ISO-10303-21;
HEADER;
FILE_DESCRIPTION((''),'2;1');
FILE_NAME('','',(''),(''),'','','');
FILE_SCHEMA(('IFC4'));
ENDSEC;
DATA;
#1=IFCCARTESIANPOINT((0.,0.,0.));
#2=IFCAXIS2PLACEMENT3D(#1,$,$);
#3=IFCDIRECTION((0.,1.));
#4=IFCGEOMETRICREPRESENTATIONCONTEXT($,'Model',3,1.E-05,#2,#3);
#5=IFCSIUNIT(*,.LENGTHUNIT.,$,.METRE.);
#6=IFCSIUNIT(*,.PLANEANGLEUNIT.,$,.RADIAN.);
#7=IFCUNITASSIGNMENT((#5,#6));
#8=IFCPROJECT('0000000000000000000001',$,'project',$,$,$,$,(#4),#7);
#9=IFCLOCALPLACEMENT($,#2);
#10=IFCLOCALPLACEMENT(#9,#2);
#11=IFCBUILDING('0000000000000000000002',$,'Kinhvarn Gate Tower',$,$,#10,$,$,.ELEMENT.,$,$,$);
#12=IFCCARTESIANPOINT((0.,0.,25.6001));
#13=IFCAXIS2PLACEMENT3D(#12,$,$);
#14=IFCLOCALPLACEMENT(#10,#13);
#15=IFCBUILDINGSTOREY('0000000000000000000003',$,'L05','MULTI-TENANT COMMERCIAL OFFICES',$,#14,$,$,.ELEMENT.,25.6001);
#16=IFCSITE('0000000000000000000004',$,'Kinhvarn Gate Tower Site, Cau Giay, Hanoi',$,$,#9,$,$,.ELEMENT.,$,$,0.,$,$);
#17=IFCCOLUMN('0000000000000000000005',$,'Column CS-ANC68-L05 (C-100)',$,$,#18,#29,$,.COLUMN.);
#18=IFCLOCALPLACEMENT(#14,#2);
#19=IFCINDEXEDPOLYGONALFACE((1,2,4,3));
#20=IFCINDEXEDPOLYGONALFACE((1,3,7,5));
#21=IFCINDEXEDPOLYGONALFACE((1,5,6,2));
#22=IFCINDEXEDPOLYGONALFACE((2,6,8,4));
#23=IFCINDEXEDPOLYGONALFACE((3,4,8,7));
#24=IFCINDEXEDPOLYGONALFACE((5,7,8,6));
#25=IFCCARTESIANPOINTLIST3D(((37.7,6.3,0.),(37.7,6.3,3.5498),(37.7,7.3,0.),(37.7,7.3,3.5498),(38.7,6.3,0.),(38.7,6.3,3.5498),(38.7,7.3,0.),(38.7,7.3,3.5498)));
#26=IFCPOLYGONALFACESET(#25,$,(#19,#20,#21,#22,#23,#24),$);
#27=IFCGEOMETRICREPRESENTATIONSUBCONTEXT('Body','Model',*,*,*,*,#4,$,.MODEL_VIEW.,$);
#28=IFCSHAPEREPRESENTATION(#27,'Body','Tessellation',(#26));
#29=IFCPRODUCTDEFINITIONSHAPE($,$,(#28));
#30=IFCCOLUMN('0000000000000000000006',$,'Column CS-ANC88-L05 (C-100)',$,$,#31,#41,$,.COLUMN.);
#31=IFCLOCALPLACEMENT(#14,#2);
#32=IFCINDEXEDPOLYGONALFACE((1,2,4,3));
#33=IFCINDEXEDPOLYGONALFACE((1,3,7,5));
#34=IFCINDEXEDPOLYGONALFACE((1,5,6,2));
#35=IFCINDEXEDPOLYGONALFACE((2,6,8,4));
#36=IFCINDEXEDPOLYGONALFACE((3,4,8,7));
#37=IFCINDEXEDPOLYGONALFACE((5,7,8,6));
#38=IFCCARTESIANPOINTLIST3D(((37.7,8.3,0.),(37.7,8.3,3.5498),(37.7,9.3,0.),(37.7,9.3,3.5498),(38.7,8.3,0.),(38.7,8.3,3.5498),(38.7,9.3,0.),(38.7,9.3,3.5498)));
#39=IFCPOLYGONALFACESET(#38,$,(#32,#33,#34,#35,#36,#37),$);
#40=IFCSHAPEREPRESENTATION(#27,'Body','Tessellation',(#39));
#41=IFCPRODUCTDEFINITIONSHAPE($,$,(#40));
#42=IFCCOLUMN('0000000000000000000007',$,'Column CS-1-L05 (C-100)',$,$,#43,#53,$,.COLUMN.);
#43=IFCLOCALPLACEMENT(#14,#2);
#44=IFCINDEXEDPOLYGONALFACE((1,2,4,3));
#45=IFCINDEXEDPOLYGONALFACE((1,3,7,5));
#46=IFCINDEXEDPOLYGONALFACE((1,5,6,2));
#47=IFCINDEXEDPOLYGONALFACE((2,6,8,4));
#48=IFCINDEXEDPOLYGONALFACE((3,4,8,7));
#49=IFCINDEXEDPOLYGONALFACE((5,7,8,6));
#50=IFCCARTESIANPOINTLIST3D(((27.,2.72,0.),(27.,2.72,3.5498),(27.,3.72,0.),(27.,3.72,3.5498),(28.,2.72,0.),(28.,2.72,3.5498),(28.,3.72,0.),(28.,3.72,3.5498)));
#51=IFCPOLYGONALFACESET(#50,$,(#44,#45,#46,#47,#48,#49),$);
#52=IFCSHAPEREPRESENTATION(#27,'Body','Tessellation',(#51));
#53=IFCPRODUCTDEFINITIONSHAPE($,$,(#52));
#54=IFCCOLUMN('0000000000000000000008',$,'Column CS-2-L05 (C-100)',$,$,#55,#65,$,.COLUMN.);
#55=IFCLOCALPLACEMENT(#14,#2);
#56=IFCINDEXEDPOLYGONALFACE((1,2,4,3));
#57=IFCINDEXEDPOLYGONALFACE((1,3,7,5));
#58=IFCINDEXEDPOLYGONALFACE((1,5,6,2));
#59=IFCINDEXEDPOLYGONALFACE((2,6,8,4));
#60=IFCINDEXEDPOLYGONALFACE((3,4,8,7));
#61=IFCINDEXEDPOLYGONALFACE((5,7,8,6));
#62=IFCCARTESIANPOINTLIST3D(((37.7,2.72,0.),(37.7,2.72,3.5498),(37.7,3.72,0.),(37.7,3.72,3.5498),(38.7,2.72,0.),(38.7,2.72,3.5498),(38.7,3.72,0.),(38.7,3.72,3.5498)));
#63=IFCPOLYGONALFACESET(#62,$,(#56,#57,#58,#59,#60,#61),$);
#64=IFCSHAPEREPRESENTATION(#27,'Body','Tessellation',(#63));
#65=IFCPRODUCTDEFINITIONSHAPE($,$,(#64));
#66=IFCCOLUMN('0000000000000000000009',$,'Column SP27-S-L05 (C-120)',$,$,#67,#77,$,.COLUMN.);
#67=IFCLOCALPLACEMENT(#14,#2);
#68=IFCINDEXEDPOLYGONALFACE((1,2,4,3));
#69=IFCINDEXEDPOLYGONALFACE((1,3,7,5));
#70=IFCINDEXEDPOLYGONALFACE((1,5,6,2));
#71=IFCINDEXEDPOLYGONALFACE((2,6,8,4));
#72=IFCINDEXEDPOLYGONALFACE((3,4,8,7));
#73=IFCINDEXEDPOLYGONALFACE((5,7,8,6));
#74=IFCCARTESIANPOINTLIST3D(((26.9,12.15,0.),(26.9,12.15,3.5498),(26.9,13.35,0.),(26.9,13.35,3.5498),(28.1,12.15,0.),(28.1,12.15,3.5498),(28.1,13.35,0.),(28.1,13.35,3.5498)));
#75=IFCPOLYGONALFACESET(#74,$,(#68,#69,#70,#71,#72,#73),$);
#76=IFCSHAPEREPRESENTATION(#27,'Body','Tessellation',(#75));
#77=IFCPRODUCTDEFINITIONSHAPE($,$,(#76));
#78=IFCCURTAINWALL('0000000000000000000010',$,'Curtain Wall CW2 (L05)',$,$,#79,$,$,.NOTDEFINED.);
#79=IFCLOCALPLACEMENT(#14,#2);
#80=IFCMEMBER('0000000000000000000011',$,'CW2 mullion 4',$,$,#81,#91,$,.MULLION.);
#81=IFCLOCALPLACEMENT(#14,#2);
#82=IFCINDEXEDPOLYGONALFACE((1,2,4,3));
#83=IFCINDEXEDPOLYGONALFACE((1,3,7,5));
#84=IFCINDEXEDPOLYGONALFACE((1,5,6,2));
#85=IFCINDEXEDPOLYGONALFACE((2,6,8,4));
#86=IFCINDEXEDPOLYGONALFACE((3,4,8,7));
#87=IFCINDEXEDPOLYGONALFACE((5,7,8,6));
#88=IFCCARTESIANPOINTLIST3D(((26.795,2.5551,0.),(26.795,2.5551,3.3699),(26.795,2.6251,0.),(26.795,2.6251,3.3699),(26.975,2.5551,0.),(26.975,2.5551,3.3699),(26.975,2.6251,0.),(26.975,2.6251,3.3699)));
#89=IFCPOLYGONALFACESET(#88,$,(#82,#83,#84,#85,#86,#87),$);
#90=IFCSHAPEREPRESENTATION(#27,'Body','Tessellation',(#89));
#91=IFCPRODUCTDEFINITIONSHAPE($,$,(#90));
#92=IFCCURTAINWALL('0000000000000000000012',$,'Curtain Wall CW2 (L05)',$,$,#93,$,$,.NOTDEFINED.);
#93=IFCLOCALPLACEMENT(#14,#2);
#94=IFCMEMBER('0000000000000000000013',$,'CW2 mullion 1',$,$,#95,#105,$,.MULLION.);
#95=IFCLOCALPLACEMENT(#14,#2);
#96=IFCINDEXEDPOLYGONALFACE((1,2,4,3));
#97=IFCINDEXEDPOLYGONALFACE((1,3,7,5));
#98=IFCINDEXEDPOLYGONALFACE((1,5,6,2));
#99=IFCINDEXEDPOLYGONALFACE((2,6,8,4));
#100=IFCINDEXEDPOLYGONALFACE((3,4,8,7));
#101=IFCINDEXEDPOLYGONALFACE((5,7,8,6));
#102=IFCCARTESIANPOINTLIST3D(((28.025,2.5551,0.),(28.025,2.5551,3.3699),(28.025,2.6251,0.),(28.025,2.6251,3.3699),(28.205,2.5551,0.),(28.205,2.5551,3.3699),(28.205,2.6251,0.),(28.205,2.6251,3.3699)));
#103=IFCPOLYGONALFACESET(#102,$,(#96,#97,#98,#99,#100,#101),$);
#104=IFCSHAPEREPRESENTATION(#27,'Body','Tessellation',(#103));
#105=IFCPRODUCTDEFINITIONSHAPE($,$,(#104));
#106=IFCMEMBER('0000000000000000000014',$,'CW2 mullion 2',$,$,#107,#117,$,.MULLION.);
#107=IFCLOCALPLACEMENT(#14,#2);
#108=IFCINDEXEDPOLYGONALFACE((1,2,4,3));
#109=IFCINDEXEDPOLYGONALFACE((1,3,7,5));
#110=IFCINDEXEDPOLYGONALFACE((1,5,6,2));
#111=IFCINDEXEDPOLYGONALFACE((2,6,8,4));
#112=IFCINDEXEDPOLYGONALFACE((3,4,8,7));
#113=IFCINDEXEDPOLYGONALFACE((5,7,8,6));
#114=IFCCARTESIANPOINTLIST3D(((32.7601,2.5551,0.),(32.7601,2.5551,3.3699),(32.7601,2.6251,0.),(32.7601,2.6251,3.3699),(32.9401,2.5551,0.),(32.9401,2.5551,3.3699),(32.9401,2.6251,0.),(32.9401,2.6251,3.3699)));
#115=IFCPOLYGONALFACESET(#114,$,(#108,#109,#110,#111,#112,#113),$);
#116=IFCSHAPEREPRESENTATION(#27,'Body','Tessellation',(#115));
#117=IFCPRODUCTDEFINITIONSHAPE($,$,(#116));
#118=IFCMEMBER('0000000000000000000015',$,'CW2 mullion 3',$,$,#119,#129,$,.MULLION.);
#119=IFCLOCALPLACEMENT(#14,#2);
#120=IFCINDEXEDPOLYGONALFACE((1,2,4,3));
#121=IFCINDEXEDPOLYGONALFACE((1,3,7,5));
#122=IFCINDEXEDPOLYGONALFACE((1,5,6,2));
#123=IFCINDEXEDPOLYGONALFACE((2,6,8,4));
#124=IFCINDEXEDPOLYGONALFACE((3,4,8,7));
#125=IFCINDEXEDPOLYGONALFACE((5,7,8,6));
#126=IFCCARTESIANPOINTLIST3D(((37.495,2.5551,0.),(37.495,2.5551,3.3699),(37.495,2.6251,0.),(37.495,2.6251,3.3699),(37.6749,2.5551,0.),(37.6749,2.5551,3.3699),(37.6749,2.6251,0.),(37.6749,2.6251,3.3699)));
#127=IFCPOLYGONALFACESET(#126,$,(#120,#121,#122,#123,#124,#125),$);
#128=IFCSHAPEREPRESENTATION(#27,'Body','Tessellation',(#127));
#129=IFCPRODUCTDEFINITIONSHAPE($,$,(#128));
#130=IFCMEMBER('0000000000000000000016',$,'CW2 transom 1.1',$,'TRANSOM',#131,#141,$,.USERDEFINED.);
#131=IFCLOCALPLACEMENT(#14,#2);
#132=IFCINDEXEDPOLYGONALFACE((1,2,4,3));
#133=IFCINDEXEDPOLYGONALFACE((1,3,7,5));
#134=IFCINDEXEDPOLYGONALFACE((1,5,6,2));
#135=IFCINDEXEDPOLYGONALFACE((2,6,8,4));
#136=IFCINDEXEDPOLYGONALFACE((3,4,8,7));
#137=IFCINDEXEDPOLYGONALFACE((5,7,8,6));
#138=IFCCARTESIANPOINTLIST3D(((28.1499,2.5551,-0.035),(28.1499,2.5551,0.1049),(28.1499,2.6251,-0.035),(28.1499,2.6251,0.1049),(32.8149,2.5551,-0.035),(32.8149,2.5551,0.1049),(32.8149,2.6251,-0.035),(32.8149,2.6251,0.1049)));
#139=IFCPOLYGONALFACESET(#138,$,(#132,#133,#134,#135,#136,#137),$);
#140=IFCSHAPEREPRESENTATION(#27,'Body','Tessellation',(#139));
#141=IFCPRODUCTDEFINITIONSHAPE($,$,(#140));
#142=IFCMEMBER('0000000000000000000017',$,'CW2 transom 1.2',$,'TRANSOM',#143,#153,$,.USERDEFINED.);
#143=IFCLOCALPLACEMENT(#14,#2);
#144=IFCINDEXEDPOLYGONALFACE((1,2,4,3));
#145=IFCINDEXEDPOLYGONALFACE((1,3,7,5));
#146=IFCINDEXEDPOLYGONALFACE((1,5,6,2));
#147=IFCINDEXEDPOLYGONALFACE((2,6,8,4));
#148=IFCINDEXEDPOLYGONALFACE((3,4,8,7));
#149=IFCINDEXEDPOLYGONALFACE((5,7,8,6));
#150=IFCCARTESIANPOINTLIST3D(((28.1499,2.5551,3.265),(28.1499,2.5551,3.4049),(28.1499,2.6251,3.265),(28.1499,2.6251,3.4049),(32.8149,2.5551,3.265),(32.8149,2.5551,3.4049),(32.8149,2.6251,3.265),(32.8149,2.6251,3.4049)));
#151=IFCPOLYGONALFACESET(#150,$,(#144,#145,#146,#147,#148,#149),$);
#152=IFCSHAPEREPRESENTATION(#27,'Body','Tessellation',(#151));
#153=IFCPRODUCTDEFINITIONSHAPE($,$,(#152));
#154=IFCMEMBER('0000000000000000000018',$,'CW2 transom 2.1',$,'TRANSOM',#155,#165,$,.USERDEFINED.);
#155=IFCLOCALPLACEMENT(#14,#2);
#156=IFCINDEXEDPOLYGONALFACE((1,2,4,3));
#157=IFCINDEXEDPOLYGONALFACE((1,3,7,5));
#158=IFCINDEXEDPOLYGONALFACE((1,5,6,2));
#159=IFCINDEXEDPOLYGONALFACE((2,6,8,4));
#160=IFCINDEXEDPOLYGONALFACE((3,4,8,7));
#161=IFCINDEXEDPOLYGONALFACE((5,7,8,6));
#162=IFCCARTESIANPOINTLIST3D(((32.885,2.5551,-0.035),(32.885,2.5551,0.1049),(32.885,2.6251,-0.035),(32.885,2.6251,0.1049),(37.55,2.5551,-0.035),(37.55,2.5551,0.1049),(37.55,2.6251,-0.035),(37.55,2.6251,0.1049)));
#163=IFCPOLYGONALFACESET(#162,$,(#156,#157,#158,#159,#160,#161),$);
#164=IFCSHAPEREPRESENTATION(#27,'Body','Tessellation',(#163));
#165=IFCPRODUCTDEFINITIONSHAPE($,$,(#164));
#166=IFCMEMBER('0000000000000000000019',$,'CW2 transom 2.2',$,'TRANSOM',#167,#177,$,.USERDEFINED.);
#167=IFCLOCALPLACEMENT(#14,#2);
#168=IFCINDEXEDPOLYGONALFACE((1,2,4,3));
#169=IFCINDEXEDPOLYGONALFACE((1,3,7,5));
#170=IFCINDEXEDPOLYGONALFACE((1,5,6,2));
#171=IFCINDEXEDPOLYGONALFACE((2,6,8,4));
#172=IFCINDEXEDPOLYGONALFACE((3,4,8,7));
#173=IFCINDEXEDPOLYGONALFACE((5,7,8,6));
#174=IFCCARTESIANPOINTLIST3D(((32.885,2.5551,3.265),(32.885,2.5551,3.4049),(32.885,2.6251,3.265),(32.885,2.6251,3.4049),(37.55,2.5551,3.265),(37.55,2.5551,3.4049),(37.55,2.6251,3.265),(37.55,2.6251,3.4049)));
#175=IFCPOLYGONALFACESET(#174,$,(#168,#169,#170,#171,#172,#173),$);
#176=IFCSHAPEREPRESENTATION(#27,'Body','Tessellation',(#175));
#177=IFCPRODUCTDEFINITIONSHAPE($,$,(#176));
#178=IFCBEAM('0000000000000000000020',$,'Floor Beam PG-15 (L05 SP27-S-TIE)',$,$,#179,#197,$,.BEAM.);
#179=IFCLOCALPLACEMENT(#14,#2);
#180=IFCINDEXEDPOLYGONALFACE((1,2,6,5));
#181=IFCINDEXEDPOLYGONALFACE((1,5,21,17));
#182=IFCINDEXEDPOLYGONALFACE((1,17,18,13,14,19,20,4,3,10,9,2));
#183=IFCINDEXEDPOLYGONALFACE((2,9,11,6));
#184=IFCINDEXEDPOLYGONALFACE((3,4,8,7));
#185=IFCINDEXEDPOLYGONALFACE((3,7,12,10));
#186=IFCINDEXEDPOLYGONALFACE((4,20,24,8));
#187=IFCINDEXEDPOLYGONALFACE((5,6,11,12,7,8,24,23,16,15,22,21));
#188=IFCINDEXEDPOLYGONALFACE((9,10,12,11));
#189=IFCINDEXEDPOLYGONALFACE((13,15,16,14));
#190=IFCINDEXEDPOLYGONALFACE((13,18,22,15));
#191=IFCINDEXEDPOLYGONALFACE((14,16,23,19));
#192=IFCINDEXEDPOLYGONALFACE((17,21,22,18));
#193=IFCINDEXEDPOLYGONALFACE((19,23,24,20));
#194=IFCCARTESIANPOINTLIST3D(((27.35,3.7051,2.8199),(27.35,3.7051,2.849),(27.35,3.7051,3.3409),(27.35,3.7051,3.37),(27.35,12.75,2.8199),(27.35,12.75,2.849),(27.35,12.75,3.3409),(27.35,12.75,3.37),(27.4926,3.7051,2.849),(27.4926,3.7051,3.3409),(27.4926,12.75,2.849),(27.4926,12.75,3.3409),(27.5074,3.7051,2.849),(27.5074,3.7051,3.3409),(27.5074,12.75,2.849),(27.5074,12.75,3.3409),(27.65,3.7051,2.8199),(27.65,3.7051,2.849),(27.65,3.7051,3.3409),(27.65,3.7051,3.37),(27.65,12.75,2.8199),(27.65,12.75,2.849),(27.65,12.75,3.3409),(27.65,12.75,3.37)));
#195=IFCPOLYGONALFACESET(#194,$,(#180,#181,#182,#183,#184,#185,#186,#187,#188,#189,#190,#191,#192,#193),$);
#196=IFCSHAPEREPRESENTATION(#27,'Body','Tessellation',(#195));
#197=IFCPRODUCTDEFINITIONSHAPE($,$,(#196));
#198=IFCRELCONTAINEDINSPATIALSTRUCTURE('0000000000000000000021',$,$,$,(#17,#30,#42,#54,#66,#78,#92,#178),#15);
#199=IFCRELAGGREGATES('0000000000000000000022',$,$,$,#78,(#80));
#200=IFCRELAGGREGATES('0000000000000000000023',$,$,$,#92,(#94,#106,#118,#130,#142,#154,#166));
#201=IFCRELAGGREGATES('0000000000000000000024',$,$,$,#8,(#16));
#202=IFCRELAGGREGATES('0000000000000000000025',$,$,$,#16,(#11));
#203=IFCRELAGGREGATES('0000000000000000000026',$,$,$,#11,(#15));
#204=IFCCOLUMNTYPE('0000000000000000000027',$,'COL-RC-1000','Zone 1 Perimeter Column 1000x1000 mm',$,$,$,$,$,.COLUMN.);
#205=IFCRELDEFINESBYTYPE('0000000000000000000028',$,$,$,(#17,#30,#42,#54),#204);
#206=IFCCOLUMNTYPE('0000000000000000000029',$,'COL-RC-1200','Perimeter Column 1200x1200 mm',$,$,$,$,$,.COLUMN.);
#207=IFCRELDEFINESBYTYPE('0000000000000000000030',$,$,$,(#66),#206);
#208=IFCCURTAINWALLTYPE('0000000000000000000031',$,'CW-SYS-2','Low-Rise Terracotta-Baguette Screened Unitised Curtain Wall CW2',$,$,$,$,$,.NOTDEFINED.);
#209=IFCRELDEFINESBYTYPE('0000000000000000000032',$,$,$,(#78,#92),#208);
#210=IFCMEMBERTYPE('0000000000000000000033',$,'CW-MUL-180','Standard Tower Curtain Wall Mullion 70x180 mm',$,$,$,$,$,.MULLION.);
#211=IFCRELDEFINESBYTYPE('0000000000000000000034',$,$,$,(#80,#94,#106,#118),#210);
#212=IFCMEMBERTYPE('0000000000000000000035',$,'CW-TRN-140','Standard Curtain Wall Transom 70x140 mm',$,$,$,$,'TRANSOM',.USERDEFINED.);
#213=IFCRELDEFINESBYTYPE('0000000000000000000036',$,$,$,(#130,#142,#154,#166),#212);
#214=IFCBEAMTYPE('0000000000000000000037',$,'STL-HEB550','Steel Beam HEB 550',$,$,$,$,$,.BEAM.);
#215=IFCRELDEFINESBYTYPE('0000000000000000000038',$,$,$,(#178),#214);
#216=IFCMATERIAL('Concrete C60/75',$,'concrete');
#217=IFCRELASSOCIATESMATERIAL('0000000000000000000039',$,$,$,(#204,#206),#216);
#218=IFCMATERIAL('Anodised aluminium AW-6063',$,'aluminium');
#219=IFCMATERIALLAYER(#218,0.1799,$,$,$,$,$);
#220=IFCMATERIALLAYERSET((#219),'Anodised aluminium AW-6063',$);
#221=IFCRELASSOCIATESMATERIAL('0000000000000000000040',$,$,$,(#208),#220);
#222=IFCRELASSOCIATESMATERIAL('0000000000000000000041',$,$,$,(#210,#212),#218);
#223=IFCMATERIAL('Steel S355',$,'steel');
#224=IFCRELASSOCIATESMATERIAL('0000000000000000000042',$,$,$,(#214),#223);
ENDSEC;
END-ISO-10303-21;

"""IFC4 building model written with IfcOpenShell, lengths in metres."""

from ifc_helpers import new_model, si_unit, direction, frame, origin, origin_2d, place, context, subcontext, project, spatial, rectangle, i_section, extrude, material, layer, layer_set, material_profile, profile_set, type_object, element, aggregate, save


model = new_model("IFC4")

# Units and contexts
model_context = context("Model", 3, precision=1e-05, world=origin(), true_north=direction((0.0, 1.0)))
body_context = subcontext(model_context, "Body", "Model", "MODEL_VIEW")
ifc_project = project(units=[si_unit("LENGTHUNIT", "METRE"), si_unit("PLANEANGLEUNIT", "RADIAN")], contexts=[model_context])

# Site, building, storey
site_placement = place(None, origin())
site = spatial("IfcSite", under=ifc_project, at=site_placement, Name="Kinhvarn Gate Tower Site, Cau Giay, Hanoi", CompositionType="ELEMENT", RefElevation=0.0)
building_placement = place(site_placement, origin())
building = spatial("IfcBuilding", under=site, at=building_placement, Name="Kinhvarn Gate Tower", CompositionType="ELEMENT")
storey_placement = place(building_placement, frame((0.0, 0.0, 25.6001)))
storey = spatial("IfcBuildingStorey", under=building, at=storey_placement, Name="L05", Description="MULTI-TENANT COMMERCIAL OFFICES", CompositionType="ELEMENT", Elevation=25.6001)

# Columns
ifc_material_1 = material(Name="Concrete C60/75", Category="concrete")
ifc_material_profile_1 = material_profile(ifc_material_1, rectangle(XDim=1.0, YDim=1.0, at=origin_2d()), Name="RC 1000x1000")
ifc_profile_set_1 = profile_set([ifc_material_profile_1], Name="Concrete C60/75")
column_type_1 = type_object("IfcColumnType", Name="COL-RC-1000", Description="Zone 1 Perimeter Column 1000x1000 mm", PredefinedType="COLUMN", material=ifc_profile_set_1)
for number, where, z_axis, x_axis, name in (
    (1, (38.2, 6.8, 0.0), (0.0, 0.0, 1.0), (1.0, 0.0, 0.0), "Column CS-ANC68-L05 (C-100)"),
    (2, (38.2, 8.8, 0.0), (0.0, 0.0, 1.0), (1.0, 0.0, 0.0), "Column CS-ANC88-L05 (C-100)"),
    (3, (27.5, 3.22, 0.0), (0.0, 0.0, 1.0), (1.0, 0.0, 0.0), "Column CS-1-L05 (C-100)"),
    (4, (38.2, 3.22, 0.0), (0.0, 0.0, 1.0), (1.0, 0.0, 0.0), "Column CS-2-L05 (C-100)"),
):
    element("IfcColumn", number, at=place(storey_placement, frame(where, z_axis=z_axis, x_axis=x_axis)), inside=storey, type_object=column_type_1, Name=name, PredefinedType="COLUMN", context=body_context, shape_type="SweptSolid", body=[
        extrude(rectangle(XDim=1.0, YDim=1.0, at=origin_2d()), origin(), (0.0, 0.0, 1.0), 3.5498),
    ])
ifc_material_profile_2 = material_profile(ifc_material_1, rectangle(XDim=1.2, YDim=1.2, at=origin_2d()), Name="RC 1200x1200")
ifc_profile_set_2 = profile_set([ifc_material_profile_2], Name="Concrete C60/75")
column_type_2 = type_object("IfcColumnType", Name="COL-RC-1200", Description="Perimeter Column 1200x1200 mm", PredefinedType="COLUMN", material=ifc_profile_set_2)
column_placement = place(storey_placement, frame((27.5, 12.75, 0.0), z_axis=(0.0, 0.0, 1.0), x_axis=(1.0, 0.0, 0.0)))
element("IfcColumn", 5, at=column_placement, inside=storey, type_object=column_type_2, Name="Column SP27-S-L05 (C-120)", PredefinedType="COLUMN", context=body_context, shape_type="SweptSolid", body=[
    extrude(rectangle(XDim=1.2, YDim=1.2, at=origin_2d()), origin(), (0.0, 0.0, 1.0), 3.5498),
])

# Curtain wall, member
ifc_material_2 = material(Name="Anodised aluminium AW-6063", Category="aluminium")
ifc_layer_1 = layer(ifc_material_2, 0.1799)
ifc_layer_set_1 = layer_set([ifc_layer_1], Name="Anodised aluminium AW-6063")
curtain_wall_type = type_object("IfcCurtainWallType", Name="CW-SYS-2", Description="Low-Rise Terracotta-Baguette Screened Unitised Curtain Wall CW2", PredefinedType="NOTDEFINED", material=ifc_layer_set_1)
curtain_wall_1_placement = place(storey_placement, origin())
curtain_wall_1 = element("IfcCurtainWall", 6, at=curtain_wall_1_placement, inside=storey, type_object=curtain_wall_type, Name="Curtain Wall CW2 (L05)", PredefinedType="NOTDEFINED")
ifc_material_profile_3 = material_profile(ifc_material_2, rectangle(XDim=0.0701, YDim=0.1799, at=origin_2d()), Name="ALU 70x180")
ifc_profile_set_3 = profile_set([ifc_material_profile_3], Name="Anodised aluminium AW-6063")
member_type_1 = type_object("IfcMemberType", Name="CW-MUL-180", Description="Standard Tower Curtain Wall Mullion 70x180 mm", PredefinedType="MULLION", material=ifc_profile_set_3)
member_1_placement = place(storey_placement, frame((26.885, 2.5901, 0.0), z_axis=(0.0, 0.0, 1.0), x_axis=(0.0, 1.0, 0.0)))
member_1 = element("IfcMember", 7, at=member_1_placement, type_object=member_type_1, Name="CW2 mullion 4", PredefinedType="MULLION", context=body_context, shape_type="SweptSolid", body=[
    extrude(rectangle(XDim=0.0701, YDim=0.1799, at=origin_2d()), origin(), (0.0, 0.0, 1.0), 3.3699),
])
aggregate(curtain_wall_1, [member_1])

# Curtain wall, members
curtain_wall_2_placement = place(storey_placement, origin())
curtain_wall_2 = element("IfcCurtainWall", 8, at=curtain_wall_2_placement, inside=storey, type_object=curtain_wall_type, Name="Curtain Wall CW2 (L05)", PredefinedType="NOTDEFINED")
member_2_placement = place(storey_placement, frame((28.115, 2.5901, 0.0), z_axis=(0.0, 0.0, 1.0), x_axis=(0.0, 1.0, 0.0)))
member_2 = element("IfcMember", 9, at=member_2_placement, type_object=member_type_1, Name="CW2 mullion 1", PredefinedType="MULLION", context=body_context, shape_type="SweptSolid", body=[
    extrude(rectangle(XDim=0.0701, YDim=0.1799, at=origin_2d()), origin(), (0.0, 0.0, 1.0), 3.3699),
])
member_3_placement = place(storey_placement, frame((32.8501, 2.5901, 0.0), z_axis=(0.0, 0.0, 1.0), x_axis=(0.0, 1.0, 0.0)))
member_3 = element("IfcMember", 10, at=member_3_placement, type_object=member_type_1, Name="CW2 mullion 2", PredefinedType="MULLION", context=body_context, shape_type="SweptSolid", body=[
    extrude(rectangle(XDim=0.0701, YDim=0.1799, at=origin_2d()), origin(), (0.0, 0.0, 1.0), 3.3699),
])
member_4_placement = place(storey_placement, frame((37.585, 2.5901, 0.0), z_axis=(0.0, 0.0, 1.0), x_axis=(0.0, 1.0, 0.0)))
member_4 = element("IfcMember", 11, at=member_4_placement, type_object=member_type_1, Name="CW2 mullion 3", PredefinedType="MULLION", context=body_context, shape_type="SweptSolid", body=[
    extrude(rectangle(XDim=0.0701, YDim=0.1799, at=origin_2d()), origin(), (0.0, 0.0, 1.0), 3.3699),
])
ifc_material_profile_4 = material_profile(ifc_material_2, rectangle(XDim=0.0701, YDim=0.1399, at=origin_2d()), Name="ALU 70x140")
ifc_profile_set_4 = profile_set([ifc_material_profile_4], Name="Anodised aluminium AW-6063")
member_type_2 = type_object("IfcMemberType", Name="CW-TRN-140", Description="Standard Curtain Wall Transom 70x140 mm", ElementType="TRANSOM", PredefinedType="USERDEFINED", material=ifc_profile_set_4)
member_5_placement = place(storey_placement, frame((28.1499, 2.5901, 0.0349), z_axis=(1.0, 0.0, 0.0), x_axis=(0.0, 1.0, 0.0)))
member_5 = element("IfcMember", 12, at=member_5_placement, type_object=member_type_2, Name="CW2 transom 1.1", ObjectType="TRANSOM", PredefinedType="USERDEFINED", context=body_context, shape_type="SweptSolid", body=[
    extrude(rectangle(XDim=0.0701, YDim=0.1399, at=origin_2d()), origin(), (0.0, 0.0, 1.0), 4.665),
])
member_6_placement = place(storey_placement, frame((28.1499, 2.5901, 3.335), z_axis=(1.0, 0.0, 0.0), x_axis=(0.0, 1.0, 0.0)))
member_6 = element("IfcMember", 13, at=member_6_placement, type_object=member_type_2, Name="CW2 transom 1.2", ObjectType="TRANSOM", PredefinedType="USERDEFINED", context=body_context, shape_type="SweptSolid", body=[
    extrude(rectangle(XDim=0.0701, YDim=0.1399, at=origin_2d()), origin(), (0.0, 0.0, 1.0), 4.665),
])
member_7_placement = place(storey_placement, frame((32.885, 2.5901, 0.0349), z_axis=(1.0, 0.0, 0.0), x_axis=(0.0, 1.0, 0.0)))
member_7 = element("IfcMember", 14, at=member_7_placement, type_object=member_type_2, Name="CW2 transom 2.1", ObjectType="TRANSOM", PredefinedType="USERDEFINED", context=body_context, shape_type="SweptSolid", body=[
    extrude(rectangle(XDim=0.0701, YDim=0.1399, at=origin_2d()), origin(), (0.0, 0.0, 1.0), 4.665),
])
member_8_placement = place(storey_placement, frame((32.885, 2.5901, 3.335), z_axis=(1.0, 0.0, 0.0), x_axis=(0.0, 1.0, 0.0)))
member_8 = element("IfcMember", 15, at=member_8_placement, type_object=member_type_2, Name="CW2 transom 2.2", ObjectType="TRANSOM", PredefinedType="USERDEFINED", context=body_context, shape_type="SweptSolid", body=[
    extrude(rectangle(XDim=0.0701, YDim=0.1399, at=origin_2d()), origin(), (0.0, 0.0, 1.0), 4.665),
])

# Beam
ifc_material_3 = material(Name="Steel S355", Category="steel")
ifc_material_profile_5 = material_profile(ifc_material_3, i_section(OverallWidth=0.3, OverallDepth=0.55, WebThickness=0.0149, FlangeThickness=0.0291, at=origin_2d()), Name="HEB 550")
ifc_profile_set_5 = profile_set([ifc_material_profile_5], Name="Steel S355")
beam_type_1 = type_object("IfcBeamType", Name="STL-HEB550", Description="Steel Beam HEB 550", PredefinedType="BEAM", material=ifc_profile_set_5)
beam_1_placement = place(storey_placement, frame((27.5, 3.7051, 3.095), z_axis=(0.0, 1.0, 0.0), x_axis=(-1.0, 0.0, 0.0)))
element("IfcBeam", 16, at=beam_1_placement, inside=storey, type_object=beam_type_1, Name="Floor Beam PG-15 (L05 SP27-S-TIE)", PredefinedType="BEAM", context=body_context, shape_type="SweptSolid", body=[
    extrude(i_section(OverallWidth=0.3, OverallDepth=0.55, WebThickness=0.0149, FlangeThickness=0.0291, at=origin_2d()), origin(), (0.0, 0.0, 1.0), 9.0449),
])

aggregate(curtain_wall_2, [member_2, member_3, member_4, member_5, member_6, member_7, member_8])

save(model, "model.ifc")
